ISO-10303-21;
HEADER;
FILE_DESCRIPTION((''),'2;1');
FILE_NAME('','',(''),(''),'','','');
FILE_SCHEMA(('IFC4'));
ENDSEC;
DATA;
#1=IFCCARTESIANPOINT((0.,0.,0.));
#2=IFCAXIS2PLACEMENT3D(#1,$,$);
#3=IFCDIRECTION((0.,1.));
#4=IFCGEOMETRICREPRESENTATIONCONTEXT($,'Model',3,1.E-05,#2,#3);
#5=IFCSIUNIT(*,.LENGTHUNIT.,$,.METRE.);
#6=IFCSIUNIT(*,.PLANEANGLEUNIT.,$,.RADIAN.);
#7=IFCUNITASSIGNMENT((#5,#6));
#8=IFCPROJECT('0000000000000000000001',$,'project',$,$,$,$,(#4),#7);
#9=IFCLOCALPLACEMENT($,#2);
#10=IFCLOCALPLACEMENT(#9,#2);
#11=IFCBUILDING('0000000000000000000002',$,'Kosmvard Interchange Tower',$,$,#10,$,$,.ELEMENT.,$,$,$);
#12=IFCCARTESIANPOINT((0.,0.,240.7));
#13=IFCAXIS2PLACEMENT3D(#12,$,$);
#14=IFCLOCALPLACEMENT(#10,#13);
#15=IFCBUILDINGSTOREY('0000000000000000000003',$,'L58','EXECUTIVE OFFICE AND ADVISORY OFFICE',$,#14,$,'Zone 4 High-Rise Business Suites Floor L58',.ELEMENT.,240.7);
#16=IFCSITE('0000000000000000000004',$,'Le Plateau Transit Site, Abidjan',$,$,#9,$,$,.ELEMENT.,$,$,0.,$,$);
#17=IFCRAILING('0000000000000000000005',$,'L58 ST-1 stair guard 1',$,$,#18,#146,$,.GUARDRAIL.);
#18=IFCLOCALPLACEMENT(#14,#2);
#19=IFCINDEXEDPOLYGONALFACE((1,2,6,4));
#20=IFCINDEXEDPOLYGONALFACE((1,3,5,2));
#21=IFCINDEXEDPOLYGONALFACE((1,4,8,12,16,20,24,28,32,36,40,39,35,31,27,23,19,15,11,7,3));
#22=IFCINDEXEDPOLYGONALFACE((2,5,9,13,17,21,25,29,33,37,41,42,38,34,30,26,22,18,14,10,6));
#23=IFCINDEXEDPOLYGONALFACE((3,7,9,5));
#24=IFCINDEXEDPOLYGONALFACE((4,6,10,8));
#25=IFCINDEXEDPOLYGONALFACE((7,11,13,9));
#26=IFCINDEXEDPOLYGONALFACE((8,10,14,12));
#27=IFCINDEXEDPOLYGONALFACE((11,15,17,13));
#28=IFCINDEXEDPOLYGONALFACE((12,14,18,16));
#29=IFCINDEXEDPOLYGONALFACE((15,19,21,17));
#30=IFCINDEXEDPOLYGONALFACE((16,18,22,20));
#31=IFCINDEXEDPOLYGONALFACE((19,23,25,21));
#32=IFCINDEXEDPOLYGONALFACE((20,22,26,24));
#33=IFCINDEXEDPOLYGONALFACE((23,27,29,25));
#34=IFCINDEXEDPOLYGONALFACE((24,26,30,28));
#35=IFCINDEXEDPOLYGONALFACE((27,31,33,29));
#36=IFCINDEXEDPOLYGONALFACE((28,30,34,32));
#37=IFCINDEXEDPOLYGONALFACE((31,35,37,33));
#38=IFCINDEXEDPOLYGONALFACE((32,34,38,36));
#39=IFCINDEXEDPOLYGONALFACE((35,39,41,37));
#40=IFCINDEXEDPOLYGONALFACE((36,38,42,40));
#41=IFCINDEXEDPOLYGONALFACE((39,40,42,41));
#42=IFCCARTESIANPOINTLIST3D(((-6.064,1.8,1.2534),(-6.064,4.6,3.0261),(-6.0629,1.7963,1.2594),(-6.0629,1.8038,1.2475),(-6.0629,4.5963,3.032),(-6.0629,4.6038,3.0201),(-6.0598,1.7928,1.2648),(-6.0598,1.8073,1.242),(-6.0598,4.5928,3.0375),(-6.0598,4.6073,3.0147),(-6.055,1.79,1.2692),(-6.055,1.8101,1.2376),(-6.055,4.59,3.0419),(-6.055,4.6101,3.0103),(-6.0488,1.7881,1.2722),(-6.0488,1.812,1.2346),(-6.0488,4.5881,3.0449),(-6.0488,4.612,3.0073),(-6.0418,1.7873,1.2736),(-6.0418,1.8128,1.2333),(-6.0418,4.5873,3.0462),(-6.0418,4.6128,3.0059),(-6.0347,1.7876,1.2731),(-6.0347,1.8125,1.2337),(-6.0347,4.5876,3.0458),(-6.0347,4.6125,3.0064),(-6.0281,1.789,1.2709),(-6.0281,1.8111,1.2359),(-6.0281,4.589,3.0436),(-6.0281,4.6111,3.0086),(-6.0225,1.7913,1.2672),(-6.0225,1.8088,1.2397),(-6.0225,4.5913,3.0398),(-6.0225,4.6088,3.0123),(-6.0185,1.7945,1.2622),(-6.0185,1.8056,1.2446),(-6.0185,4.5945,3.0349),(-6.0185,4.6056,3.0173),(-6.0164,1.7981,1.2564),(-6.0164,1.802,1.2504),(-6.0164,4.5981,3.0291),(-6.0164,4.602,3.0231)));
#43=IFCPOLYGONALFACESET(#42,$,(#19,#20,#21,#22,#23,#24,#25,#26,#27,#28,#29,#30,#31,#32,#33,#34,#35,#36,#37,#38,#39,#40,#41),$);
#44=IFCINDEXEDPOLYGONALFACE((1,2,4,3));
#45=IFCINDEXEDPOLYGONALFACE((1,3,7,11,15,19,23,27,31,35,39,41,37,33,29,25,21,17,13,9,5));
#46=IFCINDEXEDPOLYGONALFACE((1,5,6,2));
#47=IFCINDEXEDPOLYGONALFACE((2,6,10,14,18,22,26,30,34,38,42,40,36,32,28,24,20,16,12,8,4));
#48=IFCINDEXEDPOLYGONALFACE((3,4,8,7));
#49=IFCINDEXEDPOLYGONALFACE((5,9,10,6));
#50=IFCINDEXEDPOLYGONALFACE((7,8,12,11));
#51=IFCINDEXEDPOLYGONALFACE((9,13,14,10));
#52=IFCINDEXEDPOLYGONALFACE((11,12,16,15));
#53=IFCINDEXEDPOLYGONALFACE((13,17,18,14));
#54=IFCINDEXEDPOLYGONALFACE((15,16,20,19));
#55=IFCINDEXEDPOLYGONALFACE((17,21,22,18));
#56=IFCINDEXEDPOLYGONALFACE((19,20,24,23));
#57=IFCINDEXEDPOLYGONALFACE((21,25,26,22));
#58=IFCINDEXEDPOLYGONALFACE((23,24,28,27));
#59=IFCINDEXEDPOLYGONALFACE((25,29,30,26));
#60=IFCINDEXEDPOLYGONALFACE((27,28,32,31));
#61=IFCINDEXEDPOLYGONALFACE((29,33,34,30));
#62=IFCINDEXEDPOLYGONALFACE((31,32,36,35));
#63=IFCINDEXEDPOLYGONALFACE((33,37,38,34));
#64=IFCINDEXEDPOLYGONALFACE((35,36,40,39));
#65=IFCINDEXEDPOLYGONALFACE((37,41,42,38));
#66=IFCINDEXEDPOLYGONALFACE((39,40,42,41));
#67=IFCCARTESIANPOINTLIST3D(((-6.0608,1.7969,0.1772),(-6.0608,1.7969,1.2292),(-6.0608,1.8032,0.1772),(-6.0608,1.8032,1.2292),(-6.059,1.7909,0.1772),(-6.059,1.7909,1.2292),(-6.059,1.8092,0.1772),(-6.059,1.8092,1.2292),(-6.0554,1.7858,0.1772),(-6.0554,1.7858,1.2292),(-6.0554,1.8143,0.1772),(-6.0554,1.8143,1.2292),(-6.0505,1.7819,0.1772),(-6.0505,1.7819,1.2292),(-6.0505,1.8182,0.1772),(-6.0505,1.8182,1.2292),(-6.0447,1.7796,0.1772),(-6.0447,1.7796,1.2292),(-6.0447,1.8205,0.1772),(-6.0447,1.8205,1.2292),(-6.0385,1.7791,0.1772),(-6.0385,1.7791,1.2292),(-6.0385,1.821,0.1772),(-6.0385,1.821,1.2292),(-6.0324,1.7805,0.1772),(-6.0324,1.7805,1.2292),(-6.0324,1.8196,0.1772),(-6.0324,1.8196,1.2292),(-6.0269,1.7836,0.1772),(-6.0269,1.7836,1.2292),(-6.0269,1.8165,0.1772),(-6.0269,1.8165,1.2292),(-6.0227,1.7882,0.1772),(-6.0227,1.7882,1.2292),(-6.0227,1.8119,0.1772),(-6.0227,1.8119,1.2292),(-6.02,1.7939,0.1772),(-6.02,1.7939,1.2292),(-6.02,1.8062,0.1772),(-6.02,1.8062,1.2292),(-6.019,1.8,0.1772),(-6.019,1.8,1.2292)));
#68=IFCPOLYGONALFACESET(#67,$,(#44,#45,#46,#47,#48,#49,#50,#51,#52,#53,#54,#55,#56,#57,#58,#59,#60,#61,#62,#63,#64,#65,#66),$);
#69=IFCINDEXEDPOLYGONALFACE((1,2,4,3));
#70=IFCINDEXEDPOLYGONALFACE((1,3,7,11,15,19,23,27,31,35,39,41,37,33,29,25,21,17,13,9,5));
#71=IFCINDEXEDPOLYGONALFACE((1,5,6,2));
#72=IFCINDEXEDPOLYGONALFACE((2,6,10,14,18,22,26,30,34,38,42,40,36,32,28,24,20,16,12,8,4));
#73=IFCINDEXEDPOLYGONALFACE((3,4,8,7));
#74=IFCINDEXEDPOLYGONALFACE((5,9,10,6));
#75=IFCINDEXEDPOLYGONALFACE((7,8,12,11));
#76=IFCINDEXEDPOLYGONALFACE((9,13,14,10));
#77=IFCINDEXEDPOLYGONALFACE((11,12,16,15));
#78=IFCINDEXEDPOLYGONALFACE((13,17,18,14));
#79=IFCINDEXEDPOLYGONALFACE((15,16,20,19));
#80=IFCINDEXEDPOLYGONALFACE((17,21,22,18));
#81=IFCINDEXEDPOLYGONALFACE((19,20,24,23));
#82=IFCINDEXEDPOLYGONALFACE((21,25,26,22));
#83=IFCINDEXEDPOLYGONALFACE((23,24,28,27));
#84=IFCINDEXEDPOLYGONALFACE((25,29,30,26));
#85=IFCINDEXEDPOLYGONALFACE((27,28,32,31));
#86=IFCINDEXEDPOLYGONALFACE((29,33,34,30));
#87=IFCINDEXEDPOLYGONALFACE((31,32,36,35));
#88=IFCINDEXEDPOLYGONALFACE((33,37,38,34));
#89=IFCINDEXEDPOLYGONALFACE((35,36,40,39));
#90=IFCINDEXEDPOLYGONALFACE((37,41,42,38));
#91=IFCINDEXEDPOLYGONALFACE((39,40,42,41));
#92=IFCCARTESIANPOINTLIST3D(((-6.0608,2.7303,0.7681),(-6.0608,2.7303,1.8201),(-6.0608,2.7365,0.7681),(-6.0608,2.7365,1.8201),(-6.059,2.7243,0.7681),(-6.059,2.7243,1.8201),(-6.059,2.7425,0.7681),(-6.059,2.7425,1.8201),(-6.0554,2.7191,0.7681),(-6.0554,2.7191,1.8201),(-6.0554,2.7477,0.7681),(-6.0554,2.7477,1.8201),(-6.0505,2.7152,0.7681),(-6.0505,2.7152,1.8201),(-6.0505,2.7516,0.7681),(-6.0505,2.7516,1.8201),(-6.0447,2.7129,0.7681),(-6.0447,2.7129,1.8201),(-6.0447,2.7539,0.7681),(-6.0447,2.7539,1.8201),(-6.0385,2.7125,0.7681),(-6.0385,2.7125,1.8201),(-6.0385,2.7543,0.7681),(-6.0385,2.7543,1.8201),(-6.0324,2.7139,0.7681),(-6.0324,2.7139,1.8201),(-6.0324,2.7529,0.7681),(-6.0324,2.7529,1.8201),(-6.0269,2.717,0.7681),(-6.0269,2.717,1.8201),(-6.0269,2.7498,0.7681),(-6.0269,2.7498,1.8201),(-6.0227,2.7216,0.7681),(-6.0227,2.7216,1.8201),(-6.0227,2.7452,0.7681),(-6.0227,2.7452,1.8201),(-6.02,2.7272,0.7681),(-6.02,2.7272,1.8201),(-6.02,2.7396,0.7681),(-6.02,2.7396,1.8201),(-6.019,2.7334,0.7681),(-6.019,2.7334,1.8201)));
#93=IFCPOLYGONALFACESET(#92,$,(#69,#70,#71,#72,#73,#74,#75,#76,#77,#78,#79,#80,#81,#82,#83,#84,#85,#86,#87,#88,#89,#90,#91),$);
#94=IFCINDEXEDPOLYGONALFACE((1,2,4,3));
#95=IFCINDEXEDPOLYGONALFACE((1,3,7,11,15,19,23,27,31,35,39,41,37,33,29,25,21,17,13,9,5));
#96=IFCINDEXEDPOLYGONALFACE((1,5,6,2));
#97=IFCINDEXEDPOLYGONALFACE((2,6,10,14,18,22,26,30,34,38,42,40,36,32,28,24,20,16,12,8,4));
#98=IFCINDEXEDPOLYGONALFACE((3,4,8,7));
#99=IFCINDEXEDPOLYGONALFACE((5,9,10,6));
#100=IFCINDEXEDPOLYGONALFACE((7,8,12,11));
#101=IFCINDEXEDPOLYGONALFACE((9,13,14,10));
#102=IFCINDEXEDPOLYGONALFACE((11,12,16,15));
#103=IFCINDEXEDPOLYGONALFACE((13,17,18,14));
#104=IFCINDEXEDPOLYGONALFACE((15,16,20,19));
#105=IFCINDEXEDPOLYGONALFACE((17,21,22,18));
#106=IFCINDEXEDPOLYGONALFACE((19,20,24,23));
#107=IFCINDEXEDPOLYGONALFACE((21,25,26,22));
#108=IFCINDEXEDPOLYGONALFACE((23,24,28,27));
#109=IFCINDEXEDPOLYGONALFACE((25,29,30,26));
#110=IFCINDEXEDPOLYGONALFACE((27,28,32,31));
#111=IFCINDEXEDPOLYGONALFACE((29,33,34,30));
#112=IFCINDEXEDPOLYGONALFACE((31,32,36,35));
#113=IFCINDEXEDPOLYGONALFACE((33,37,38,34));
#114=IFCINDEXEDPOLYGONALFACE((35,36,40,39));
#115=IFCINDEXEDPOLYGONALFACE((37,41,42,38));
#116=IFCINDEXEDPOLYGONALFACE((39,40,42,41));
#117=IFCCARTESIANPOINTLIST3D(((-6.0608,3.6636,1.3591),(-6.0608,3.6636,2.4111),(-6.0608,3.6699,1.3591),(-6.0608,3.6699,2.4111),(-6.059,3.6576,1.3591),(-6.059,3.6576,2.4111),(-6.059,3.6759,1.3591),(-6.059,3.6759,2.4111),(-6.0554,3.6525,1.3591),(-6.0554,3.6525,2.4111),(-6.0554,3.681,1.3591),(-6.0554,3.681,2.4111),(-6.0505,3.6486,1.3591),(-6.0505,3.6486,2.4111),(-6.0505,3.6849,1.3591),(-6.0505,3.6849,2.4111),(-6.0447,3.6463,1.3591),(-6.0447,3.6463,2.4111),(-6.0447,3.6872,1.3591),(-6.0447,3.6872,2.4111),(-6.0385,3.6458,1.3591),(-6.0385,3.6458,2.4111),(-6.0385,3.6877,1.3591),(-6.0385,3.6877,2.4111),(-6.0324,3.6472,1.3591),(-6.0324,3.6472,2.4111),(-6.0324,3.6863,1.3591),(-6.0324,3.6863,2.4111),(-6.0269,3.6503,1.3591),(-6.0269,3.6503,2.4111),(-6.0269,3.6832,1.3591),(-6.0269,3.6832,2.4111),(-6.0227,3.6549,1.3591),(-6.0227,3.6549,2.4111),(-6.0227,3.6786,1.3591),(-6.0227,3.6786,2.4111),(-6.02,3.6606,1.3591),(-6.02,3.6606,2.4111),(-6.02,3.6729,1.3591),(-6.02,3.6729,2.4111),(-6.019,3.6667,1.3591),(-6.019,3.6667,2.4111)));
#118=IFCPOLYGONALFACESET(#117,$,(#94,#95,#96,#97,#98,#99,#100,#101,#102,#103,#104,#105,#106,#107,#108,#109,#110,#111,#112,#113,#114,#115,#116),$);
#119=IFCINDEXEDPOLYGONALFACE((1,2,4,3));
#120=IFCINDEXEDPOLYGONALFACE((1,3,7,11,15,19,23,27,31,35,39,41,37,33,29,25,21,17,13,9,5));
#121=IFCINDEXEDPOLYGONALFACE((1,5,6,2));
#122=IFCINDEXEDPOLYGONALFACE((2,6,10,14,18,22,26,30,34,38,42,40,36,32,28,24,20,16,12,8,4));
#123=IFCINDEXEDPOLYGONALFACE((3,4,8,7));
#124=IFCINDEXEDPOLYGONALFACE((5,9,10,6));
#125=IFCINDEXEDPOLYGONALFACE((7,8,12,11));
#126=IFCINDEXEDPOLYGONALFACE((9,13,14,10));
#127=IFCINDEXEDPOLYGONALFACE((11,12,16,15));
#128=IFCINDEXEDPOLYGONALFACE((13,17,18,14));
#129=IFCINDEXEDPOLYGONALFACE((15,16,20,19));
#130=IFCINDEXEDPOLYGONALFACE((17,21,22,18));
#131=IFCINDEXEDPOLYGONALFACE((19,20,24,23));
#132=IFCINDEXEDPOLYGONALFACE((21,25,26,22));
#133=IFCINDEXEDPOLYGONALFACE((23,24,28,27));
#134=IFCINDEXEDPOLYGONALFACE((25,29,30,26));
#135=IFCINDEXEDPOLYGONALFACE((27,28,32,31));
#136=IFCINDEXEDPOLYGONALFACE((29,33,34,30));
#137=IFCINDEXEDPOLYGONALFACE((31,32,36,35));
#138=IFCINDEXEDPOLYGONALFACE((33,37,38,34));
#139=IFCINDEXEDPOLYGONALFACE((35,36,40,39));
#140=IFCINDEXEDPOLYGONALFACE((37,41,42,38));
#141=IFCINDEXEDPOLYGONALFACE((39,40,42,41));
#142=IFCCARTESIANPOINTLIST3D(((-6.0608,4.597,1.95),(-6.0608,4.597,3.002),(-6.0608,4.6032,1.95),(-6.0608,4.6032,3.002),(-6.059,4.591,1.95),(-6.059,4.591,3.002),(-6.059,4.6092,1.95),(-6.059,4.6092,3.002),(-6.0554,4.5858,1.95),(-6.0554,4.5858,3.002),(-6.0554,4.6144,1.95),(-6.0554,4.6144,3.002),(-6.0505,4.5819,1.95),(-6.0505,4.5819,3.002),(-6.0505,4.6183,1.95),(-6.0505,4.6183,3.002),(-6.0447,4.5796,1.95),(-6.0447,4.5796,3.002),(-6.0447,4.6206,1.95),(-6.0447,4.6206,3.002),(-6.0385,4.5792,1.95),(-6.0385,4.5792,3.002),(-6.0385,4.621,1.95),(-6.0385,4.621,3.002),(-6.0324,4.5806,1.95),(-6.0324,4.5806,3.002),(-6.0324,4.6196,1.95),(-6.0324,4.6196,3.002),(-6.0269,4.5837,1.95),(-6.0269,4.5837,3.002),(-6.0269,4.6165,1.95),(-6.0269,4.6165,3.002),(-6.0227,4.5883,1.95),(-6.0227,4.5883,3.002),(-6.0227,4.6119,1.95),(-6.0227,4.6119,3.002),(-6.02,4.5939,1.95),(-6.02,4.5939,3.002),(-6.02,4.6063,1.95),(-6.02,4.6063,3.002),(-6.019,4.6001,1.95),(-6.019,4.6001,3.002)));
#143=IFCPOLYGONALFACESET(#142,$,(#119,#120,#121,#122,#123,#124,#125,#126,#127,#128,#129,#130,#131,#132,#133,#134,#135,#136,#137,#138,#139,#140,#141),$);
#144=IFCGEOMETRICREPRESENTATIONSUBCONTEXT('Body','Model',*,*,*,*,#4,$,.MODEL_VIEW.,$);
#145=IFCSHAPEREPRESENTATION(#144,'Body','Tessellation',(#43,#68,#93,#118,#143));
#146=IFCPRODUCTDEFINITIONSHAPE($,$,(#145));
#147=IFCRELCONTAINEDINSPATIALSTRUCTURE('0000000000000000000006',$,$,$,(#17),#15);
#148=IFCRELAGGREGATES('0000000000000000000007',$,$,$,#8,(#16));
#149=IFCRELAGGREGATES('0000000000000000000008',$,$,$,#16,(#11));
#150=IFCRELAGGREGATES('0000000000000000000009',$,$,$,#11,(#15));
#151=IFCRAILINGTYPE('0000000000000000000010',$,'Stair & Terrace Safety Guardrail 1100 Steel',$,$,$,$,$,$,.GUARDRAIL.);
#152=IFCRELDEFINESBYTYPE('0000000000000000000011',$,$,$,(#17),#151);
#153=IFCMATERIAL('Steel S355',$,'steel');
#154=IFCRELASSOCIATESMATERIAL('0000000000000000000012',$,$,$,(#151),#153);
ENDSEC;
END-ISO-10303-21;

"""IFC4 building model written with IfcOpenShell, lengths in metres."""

from ifc_helpers import new_model, si_unit, direction, frame, origin, origin_2d, place, context, subcontext, project, spatial, circle, extrude, source, transform, mapped, material, type_object, element, save


model = new_model("IFC4")

# Units and contexts
model_context = context("Model", 3, precision=1e-05, world=origin(), true_north=direction((0.0, 1.0)))
body_context = subcontext(model_context, "Body", "Model", "MODEL_VIEW")
ifc_project = project(units=[si_unit("LENGTHUNIT", "METRE"), si_unit("PLANEANGLEUNIT", "RADIAN")], contexts=[model_context])

# Site, building, storey
site_placement = place(None, origin())
site = spatial("IfcSite", under=ifc_project, at=site_placement, Name="Le Plateau Transit Site, Abidjan", CompositionType="ELEMENT", RefElevation=0.0)
building_placement = place(site_placement, origin())
building = spatial("IfcBuilding", under=site, at=building_placement, Name="Kosmvard Interchange Tower", CompositionType="ELEMENT")
storey_placement = place(building_placement, frame((0.0, 0.0, 240.7)))
storey = spatial("IfcBuildingStorey", under=building, at=storey_placement, Name="L58", Description="EXECUTIVE OFFICE AND ADVISORY OFFICE", LongName="Zone 4 High-Rise Business Suites Floor L58", CompositionType="ELEMENT", Elevation=240.7)

# Shared definitions
ifc_material_1 = material(Name="Steel S355", Category="steel")

# Railing
railing_type_1 = type_object("IfcRailingType", Name="Stair & Terrace Safety Guardrail 1100 Steel", PredefinedType="GUARDRAIL", material=ifc_material_1)
shared_shape_1 = source(origin(), body_context, "Body", "SweptSolid", [
    extrude(circle(Radius=0.0239, at=origin_2d()), frame((0.0, 0.0, 1.0762), z_axis=(0.0, 0.844909, 0.53491), x_axis=(-1.0, 0.0, 0.0)), (0.0, 0.0, 1.0), 3.314),
    extrude(circle(Radius=0.021, at=origin_2d()), origin(), (0.0, 0.0, 1.0), 1.052),
    extrude(circle(Radius=0.021, at=origin_2d()), frame((0.0, 0.9333, 0.5908)), (0.0, 0.0, 1.0), 1.052),
    extrude(circle(Radius=0.021, at=origin_2d()), frame((0.0, 1.8667, 1.1819)), (0.0, 0.0, 1.0), 1.052),
    extrude(circle(Radius=0.021, at=origin_2d()), frame((0.0, 2.8, 1.7727)), (0.0, 0.0, 1.0), 1.052),
])
railing_1_placement = place(storey_placement, frame((-6.04, 1.8, 0.1772)))
element("IfcRailing", 1, at=railing_1_placement, inside=storey, type_object=railing_type_1, Name="L58 ST-1 stair guard 1", PredefinedType="GUARDRAIL", context=body_context, shape_type="MappedRepresentation", body=[
    mapped(shared_shape_1, transform((0.0, 0.0, 0.0), scale=1.0)),
])

save(model, "model.ifc")
